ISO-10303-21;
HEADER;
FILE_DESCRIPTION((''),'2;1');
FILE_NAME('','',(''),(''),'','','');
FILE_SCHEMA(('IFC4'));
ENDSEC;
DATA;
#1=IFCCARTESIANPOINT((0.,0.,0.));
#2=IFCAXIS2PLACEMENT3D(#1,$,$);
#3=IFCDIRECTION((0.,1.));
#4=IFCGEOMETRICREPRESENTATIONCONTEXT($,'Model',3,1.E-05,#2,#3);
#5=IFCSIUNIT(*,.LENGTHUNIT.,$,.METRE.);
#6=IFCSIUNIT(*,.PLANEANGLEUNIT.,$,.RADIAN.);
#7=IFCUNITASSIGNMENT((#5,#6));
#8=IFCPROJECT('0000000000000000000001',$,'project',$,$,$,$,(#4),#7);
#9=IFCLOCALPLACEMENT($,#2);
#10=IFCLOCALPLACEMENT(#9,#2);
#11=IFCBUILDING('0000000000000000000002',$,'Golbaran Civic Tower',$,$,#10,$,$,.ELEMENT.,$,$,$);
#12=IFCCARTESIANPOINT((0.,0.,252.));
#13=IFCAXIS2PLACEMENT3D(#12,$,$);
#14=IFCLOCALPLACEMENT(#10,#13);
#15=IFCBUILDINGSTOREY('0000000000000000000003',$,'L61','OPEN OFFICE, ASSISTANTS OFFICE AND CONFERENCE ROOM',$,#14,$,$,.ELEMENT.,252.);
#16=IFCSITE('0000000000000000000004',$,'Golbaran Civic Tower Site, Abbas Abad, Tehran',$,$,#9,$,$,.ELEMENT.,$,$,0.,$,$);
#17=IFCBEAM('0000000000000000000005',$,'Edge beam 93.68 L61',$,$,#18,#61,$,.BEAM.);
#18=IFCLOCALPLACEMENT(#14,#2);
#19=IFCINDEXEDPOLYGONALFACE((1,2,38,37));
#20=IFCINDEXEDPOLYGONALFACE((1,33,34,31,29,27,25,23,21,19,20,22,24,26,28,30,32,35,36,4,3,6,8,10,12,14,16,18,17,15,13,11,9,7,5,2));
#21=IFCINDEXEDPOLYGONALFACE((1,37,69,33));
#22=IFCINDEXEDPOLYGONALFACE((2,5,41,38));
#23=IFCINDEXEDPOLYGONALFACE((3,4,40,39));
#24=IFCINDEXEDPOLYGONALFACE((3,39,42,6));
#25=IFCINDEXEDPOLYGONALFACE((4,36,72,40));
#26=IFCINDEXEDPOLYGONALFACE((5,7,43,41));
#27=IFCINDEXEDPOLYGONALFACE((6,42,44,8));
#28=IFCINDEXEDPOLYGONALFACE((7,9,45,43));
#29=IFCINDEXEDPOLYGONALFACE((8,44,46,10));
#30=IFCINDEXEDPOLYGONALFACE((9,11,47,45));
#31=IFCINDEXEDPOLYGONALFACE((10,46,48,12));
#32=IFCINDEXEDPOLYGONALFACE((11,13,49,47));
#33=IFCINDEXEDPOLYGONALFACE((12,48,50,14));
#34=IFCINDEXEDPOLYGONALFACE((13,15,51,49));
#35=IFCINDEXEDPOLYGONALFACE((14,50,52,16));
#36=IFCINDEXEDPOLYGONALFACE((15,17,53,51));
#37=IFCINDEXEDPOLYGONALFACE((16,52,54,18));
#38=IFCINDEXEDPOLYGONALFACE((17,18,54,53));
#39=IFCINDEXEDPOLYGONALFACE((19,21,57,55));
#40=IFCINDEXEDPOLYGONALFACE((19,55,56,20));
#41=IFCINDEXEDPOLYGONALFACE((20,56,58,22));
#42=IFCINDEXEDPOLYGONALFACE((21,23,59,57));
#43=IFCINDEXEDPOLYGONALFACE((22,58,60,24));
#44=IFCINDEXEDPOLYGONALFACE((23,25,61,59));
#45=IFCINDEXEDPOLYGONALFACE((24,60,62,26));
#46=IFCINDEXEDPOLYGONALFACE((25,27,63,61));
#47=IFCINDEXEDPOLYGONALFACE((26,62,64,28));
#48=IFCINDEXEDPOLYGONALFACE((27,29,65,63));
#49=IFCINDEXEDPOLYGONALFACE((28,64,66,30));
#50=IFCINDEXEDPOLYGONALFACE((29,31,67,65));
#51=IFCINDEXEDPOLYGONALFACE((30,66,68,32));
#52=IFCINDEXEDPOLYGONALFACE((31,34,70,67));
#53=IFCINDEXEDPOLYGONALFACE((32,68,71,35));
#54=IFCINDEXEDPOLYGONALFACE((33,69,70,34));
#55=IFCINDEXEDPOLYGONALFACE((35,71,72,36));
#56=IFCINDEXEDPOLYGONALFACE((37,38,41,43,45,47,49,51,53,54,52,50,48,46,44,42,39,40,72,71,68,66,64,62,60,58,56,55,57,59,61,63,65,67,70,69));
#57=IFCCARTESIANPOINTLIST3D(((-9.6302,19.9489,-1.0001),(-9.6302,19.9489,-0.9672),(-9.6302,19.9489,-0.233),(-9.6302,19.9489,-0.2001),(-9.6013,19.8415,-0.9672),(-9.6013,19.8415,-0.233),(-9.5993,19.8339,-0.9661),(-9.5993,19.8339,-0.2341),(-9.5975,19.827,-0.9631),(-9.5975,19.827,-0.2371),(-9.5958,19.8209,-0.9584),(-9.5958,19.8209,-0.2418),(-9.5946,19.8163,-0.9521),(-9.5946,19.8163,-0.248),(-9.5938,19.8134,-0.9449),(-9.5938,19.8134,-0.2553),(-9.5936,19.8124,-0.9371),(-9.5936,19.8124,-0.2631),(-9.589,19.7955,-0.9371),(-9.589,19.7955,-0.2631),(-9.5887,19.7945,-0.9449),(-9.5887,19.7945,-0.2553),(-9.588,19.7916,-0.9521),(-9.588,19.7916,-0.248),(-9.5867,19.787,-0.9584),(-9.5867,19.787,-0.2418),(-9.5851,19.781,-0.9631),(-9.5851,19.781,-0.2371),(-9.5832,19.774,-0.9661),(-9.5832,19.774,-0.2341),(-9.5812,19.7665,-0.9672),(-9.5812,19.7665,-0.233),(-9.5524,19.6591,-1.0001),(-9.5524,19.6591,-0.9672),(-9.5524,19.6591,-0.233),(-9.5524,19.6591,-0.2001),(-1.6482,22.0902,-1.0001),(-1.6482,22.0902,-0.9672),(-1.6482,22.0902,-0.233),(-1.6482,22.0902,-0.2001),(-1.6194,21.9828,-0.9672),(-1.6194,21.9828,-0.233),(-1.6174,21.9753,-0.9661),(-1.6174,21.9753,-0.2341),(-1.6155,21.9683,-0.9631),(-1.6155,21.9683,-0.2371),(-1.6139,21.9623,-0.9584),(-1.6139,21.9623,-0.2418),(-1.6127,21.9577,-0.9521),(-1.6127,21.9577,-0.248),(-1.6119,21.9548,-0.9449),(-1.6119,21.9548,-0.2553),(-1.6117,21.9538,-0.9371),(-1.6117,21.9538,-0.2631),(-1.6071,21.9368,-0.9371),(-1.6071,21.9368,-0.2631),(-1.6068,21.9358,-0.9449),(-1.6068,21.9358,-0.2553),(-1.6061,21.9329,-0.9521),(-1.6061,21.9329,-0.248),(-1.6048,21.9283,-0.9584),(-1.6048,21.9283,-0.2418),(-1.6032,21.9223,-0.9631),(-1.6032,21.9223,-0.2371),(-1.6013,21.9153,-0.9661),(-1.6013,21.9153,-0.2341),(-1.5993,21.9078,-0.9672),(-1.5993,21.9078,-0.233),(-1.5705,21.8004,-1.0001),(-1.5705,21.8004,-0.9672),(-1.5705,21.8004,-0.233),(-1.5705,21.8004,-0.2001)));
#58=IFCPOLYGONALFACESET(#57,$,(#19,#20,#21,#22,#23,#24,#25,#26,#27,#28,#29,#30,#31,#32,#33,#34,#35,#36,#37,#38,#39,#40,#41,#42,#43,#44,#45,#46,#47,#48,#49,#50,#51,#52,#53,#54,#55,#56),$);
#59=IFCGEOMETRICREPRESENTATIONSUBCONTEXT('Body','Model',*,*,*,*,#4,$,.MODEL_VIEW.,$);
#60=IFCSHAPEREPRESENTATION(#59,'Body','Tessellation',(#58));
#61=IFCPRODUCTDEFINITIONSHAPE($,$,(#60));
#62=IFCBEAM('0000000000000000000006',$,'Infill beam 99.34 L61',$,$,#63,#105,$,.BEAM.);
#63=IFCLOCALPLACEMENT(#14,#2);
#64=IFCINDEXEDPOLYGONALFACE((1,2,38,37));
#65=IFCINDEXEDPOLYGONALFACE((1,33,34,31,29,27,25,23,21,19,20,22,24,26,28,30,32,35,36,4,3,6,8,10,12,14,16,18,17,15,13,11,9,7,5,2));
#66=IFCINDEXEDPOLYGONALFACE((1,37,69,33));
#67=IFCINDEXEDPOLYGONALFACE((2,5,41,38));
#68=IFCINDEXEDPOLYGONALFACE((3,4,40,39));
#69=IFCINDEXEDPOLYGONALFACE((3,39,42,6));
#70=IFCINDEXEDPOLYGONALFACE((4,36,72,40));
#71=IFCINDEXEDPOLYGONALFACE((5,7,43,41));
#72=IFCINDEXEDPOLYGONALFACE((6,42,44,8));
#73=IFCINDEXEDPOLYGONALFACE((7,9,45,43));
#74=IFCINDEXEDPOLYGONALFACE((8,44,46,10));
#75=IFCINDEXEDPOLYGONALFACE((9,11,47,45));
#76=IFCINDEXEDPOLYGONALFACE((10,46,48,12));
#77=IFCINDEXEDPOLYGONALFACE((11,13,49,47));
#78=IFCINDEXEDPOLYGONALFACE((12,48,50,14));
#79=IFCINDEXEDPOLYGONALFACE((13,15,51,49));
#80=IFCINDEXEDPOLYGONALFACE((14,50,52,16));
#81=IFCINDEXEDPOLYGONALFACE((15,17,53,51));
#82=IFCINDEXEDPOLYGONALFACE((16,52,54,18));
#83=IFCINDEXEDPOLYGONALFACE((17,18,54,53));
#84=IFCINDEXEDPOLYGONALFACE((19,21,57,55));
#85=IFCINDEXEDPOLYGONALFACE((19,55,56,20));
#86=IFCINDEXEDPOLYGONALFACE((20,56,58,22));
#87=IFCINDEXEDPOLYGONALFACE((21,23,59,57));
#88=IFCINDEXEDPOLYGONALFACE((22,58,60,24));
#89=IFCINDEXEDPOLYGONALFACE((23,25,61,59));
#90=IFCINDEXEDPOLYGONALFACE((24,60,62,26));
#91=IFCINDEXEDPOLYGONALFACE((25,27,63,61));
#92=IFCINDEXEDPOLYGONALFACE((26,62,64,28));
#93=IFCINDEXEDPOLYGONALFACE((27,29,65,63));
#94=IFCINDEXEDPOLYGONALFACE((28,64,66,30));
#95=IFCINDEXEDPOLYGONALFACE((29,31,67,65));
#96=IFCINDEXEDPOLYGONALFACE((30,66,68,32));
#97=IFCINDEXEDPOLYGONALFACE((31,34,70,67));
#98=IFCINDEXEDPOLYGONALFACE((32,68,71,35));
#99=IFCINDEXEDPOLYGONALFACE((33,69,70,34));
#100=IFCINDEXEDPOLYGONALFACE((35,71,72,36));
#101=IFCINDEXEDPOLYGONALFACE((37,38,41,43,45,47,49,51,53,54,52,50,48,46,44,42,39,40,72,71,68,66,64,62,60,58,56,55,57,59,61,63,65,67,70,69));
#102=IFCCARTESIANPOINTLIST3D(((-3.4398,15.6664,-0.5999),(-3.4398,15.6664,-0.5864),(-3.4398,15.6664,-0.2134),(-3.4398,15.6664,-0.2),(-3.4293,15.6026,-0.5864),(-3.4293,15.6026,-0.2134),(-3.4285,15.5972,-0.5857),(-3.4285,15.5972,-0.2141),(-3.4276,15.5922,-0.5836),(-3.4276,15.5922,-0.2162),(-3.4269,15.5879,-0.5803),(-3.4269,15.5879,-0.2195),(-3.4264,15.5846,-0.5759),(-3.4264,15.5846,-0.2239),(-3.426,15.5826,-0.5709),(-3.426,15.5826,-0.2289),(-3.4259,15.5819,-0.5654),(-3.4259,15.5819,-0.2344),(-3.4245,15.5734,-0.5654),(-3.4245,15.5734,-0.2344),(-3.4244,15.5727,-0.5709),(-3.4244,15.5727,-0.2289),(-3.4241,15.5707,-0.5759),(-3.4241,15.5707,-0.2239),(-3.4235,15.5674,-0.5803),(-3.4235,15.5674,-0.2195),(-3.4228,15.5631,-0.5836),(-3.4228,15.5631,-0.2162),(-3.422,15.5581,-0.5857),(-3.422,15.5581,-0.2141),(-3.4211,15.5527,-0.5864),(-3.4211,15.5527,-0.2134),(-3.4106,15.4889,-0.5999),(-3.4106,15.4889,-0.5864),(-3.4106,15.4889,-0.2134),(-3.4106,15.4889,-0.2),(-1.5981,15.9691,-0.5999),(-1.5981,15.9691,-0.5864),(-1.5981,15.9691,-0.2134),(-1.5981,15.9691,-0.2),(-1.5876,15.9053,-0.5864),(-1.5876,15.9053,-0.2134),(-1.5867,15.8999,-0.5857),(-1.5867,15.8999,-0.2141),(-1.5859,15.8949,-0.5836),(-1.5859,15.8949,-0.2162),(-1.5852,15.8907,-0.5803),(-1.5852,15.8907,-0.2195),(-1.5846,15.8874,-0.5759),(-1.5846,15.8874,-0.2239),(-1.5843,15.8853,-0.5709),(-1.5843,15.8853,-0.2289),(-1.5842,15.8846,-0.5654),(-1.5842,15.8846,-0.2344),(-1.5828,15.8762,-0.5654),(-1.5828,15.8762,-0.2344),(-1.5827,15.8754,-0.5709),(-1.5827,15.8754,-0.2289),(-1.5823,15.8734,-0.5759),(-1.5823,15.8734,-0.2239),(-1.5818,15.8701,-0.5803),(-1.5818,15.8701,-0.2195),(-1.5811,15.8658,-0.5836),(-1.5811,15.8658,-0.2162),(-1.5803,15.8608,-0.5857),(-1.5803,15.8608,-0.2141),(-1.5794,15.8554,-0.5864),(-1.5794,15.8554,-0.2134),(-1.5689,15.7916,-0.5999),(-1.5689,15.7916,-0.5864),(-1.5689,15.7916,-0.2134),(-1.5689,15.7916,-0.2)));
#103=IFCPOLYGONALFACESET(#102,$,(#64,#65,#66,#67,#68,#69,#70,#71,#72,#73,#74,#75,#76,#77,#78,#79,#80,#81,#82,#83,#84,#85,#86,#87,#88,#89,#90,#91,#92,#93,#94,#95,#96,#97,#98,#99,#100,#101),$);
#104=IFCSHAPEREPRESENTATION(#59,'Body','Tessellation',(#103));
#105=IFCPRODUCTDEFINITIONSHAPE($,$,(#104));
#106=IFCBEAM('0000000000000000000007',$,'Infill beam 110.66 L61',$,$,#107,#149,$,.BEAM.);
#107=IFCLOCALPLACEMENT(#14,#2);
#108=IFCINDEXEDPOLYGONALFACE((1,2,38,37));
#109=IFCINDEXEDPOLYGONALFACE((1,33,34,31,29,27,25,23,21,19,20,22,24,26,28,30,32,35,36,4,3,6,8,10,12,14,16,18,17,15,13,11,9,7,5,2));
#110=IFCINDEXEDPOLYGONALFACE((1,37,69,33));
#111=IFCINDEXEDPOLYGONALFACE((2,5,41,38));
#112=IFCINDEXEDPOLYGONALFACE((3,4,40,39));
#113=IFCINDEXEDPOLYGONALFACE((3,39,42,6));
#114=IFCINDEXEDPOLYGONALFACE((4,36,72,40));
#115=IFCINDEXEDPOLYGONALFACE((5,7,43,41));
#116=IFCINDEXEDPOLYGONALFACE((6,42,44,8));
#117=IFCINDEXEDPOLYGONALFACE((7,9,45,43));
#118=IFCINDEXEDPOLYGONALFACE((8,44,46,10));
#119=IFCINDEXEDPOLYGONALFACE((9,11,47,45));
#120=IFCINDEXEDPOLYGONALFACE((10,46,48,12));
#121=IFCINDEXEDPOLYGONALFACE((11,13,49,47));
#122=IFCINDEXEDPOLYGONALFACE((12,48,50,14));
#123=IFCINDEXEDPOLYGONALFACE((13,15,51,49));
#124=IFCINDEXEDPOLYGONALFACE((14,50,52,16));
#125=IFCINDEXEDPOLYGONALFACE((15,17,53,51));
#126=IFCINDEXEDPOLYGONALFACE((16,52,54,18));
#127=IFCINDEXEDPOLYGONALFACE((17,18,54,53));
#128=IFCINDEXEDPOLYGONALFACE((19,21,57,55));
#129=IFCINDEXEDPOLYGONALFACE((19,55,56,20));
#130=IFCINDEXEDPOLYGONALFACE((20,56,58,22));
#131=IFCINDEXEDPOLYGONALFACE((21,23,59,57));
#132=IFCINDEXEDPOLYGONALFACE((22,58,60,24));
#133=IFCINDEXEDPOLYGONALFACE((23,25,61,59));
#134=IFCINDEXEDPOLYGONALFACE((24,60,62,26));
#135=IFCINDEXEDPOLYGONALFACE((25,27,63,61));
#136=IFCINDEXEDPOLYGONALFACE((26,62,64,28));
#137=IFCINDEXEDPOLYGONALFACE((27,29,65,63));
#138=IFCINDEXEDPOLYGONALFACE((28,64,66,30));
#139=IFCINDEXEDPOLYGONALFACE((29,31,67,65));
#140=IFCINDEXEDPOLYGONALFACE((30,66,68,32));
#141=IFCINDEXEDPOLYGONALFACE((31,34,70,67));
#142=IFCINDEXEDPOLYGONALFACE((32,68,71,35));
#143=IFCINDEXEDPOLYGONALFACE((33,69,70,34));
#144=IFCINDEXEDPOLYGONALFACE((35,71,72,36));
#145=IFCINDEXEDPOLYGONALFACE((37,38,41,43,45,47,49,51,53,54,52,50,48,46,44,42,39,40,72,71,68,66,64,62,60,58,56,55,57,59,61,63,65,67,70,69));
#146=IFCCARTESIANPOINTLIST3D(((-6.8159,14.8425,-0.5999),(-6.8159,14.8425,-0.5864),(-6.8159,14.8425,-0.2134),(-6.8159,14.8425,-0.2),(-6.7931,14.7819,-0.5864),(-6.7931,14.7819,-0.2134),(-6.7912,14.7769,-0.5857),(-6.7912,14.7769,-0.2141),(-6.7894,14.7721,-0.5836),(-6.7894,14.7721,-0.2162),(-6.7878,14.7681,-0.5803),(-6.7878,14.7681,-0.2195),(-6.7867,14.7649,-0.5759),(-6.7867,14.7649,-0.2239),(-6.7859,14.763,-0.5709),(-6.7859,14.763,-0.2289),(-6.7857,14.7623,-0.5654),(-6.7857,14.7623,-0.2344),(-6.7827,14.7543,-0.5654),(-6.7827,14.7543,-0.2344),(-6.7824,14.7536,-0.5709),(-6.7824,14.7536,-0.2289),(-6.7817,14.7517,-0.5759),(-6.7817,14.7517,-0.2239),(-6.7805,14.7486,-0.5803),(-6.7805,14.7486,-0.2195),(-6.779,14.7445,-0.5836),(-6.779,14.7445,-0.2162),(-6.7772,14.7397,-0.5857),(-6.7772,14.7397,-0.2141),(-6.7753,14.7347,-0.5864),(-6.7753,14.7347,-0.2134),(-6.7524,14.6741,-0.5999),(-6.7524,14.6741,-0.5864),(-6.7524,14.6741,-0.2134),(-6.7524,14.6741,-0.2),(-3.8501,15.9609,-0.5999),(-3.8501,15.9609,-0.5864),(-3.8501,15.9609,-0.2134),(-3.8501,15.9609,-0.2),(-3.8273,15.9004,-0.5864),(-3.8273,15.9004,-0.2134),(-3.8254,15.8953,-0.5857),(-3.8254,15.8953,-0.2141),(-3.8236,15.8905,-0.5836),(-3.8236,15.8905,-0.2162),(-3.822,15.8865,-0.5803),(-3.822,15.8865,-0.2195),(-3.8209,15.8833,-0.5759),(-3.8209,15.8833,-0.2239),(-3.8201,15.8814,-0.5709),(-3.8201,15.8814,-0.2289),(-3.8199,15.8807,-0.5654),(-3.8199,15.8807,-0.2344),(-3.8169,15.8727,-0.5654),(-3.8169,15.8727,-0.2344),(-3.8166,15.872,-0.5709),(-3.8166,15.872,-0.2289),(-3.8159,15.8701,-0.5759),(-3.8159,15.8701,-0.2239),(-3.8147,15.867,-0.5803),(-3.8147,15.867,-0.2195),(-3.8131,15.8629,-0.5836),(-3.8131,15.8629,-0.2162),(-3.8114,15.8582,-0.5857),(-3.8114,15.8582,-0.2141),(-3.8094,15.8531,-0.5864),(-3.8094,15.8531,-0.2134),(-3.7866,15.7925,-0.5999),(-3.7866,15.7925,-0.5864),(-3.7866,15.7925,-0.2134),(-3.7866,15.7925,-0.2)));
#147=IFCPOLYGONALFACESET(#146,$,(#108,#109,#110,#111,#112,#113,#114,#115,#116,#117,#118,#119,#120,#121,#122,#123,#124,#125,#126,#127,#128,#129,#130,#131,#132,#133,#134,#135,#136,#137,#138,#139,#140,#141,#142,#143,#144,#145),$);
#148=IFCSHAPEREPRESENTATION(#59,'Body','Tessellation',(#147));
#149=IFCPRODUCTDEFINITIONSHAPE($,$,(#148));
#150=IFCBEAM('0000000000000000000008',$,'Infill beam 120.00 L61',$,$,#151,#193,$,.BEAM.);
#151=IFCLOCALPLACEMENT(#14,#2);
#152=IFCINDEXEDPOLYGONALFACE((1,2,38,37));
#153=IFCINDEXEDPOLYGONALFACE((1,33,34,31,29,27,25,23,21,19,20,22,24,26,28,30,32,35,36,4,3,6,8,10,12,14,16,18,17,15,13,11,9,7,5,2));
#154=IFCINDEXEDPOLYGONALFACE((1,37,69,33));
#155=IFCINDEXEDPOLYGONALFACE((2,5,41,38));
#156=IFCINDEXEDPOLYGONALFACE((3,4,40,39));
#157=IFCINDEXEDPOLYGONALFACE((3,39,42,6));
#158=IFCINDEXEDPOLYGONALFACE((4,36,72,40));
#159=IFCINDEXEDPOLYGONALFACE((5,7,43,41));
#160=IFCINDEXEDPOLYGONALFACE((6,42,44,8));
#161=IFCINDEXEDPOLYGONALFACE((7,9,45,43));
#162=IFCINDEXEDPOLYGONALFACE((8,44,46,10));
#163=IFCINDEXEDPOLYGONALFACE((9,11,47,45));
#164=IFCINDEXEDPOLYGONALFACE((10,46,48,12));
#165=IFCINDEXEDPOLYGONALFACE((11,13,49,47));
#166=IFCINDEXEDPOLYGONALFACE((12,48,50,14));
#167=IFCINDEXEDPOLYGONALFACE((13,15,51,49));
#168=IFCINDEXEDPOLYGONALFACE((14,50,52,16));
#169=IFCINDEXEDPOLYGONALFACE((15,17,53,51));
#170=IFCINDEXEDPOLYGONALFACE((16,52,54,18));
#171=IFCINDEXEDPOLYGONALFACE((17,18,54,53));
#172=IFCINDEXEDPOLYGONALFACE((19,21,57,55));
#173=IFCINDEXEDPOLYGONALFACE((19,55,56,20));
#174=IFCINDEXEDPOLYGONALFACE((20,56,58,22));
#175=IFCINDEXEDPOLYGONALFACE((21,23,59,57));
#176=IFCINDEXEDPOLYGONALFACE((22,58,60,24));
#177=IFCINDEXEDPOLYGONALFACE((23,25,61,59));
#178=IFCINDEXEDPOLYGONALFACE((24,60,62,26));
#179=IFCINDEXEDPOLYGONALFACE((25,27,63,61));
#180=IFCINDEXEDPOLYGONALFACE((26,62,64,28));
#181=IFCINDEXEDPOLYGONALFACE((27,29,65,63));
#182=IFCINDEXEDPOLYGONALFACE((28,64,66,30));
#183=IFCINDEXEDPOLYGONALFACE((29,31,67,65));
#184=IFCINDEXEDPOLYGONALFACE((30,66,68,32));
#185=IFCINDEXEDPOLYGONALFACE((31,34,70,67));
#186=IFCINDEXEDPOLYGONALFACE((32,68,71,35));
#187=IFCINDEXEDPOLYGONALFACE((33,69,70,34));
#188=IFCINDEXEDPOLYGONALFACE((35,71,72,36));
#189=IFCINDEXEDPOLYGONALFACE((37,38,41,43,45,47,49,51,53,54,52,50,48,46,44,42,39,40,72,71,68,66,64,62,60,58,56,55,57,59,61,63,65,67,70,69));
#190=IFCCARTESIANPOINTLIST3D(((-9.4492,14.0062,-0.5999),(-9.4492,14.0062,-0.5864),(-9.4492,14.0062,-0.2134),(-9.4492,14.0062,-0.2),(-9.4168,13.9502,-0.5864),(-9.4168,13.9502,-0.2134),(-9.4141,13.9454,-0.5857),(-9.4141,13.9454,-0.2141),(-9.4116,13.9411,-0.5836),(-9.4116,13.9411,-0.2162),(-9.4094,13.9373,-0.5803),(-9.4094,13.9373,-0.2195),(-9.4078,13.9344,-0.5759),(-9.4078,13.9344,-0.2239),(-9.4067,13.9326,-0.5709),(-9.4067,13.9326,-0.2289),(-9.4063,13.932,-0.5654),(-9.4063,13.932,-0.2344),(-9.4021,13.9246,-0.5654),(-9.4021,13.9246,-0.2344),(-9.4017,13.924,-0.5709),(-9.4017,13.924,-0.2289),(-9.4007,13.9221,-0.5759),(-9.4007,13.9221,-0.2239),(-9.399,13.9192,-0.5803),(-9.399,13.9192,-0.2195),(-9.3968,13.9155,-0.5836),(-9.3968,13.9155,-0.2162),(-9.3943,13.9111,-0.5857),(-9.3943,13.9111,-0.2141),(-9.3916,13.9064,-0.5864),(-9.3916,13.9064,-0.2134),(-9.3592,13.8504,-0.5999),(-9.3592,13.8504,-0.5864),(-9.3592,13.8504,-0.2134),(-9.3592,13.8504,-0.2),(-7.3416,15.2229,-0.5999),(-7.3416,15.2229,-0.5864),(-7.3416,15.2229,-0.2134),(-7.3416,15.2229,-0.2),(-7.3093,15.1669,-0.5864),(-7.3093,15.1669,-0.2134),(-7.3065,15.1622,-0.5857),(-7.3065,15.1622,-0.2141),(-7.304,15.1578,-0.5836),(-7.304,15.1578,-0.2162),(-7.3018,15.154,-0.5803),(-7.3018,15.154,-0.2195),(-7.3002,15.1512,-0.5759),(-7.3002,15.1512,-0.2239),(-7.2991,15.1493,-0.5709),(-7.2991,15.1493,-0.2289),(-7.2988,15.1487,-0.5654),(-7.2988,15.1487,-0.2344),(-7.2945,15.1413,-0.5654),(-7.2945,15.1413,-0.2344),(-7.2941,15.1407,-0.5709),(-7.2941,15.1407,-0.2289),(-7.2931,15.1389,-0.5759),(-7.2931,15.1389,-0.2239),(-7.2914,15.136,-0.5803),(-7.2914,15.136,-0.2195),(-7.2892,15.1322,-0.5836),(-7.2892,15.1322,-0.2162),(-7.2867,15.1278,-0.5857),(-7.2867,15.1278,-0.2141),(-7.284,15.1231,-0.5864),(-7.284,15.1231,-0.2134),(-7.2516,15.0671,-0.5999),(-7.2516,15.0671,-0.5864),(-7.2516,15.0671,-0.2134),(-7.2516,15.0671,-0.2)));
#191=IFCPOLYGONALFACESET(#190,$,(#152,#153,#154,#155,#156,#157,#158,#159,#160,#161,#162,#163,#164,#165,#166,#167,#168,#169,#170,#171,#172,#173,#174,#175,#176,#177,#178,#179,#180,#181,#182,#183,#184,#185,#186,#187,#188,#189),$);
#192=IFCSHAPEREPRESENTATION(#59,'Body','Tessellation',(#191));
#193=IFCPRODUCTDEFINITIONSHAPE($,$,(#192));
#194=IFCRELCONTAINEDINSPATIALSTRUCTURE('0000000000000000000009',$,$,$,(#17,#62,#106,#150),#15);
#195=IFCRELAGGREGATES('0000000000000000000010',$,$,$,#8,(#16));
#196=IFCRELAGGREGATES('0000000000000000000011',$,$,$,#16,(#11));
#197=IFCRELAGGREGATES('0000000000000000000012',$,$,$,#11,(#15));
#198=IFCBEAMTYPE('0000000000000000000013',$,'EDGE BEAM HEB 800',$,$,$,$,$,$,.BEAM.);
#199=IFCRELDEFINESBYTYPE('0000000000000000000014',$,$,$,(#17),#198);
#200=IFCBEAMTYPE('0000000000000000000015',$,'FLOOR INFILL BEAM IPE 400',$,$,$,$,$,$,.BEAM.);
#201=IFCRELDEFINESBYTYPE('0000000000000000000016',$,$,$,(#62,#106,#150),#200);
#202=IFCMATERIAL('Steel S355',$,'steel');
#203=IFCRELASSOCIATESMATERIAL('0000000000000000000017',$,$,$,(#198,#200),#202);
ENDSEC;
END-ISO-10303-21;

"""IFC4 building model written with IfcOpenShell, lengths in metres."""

from ifc_helpers import new_model, si_unit, direction, frame, origin, origin_2d, place, context, subcontext, project, spatial, i_section, extrude, material, material_profile, profile_set, type_object, element, save


model = new_model("IFC4")

# Units and contexts
model_context = context("Model", 3, precision=1e-05, world=origin(), true_north=direction((0.0, 1.0)))
body_context = subcontext(model_context, "Body", "Model", "MODEL_VIEW")
ifc_project = project(units=[si_unit("LENGTHUNIT", "METRE"), si_unit("PLANEANGLEUNIT", "RADIAN")], contexts=[model_context])

# Site, building, storey
site_placement = place(None, origin())
site = spatial("IfcSite", under=ifc_project, at=site_placement, Name="Golbaran Civic Tower Site, Abbas Abad, Tehran", CompositionType="ELEMENT", RefElevation=0.0)
building_placement = place(site_placement, origin())
building = spatial("IfcBuilding", under=site, at=building_placement, Name="Golbaran Civic Tower", CompositionType="ELEMENT")
storey_placement = place(building_placement, frame((0.0, 0.0, 252.0)))
storey = spatial("IfcBuildingStorey", under=building, at=storey_placement, Name="L61", Description="OPEN OFFICE, ASSISTANTS OFFICE AND CONFERENCE ROOM", CompositionType="ELEMENT", Elevation=252.0)

# Beams
ifc_material_1 = material(Name="Steel S355", Category="steel")
ifc_material_profile_1 = material_profile(ifc_material_1, i_section(OverallWidth=0.3, OverallDepth=0.8, WebThickness=0.0176, FlangeThickness=0.033, FilletRadius=0.03, at=origin_2d()), Name="HEB 800")
ifc_profile_set_1 = profile_set([ifc_material_profile_1], Name="Steel S355")
beam_type_1 = type_object("IfcBeamType", Name="EDGE BEAM HEB 800", PredefinedType="BEAM", material=ifc_profile_set_1)
beam_1_placement = place(storey_placement, frame((-1.6094, 21.9453, -0.6001), z_axis=(-0.965847, -0.259113, 0.0), x_axis=(0.259113, -0.965847, 0.0)))
element("IfcBeam", 1, at=beam_1_placement, inside=storey, type_object=beam_type_1, Name="Edge beam 93.68 L61", PredefinedType="BEAM", context=body_context, shape_type="SweptSolid", body=[
    extrude(i_section(OverallWidth=0.3, OverallDepth=0.8, WebThickness=0.0176, FlangeThickness=0.033, FilletRadius=0.03, at=origin_2d()), origin(), (0.0, 0.0, 1.0), 8.2642),
])
ifc_material_profile_2 = material_profile(ifc_material_1, i_section(OverallWidth=0.1799, OverallDepth=0.3999, WebThickness=0.0085, FlangeThickness=0.0134, FilletRadius=0.021, at=origin_2d()), Name="IPE 400")
ifc_profile_set_2 = profile_set([ifc_material_profile_2], Name="Steel S355")
beam_type_2 = type_object("IfcBeamType", Name="FLOOR INFILL BEAM IPE 400", PredefinedType="BEAM", material=ifc_profile_set_2)
beam_2_placement = place(storey_placement, frame((-1.5835, 15.8804, -0.3999), z_axis=(-0.986759, -0.162193, 0.0), x_axis=(0.162193, -0.986759, 0.0)))
element("IfcBeam", 2, at=beam_2_placement, inside=storey, type_object=beam_type_2, Name="Infill beam 99.34 L61", PredefinedType="BEAM", context=body_context, shape_type="SweptSolid", body=[
    extrude(i_section(OverallWidth=0.1799, OverallDepth=0.3999, WebThickness=0.0085, FlangeThickness=0.0134, FilletRadius=0.021, at=origin_2d()), origin(), (0.0, 0.0, 1.0), 1.8665),
])
beam_3_placement = place(storey_placement, frame((-3.8184, 15.8767, -0.3999), z_axis=(-0.935682, -0.352845, 0.0), x_axis=(0.352845, -0.935682, 0.0)))
element("IfcBeam", 3, at=beam_3_placement, inside=storey, type_object=beam_type_2, Name="Infill beam 110.66 L61", PredefinedType="BEAM", context=body_context, shape_type="SweptSolid", body=[
    extrude(i_section(OverallWidth=0.1799, OverallDepth=0.3999, WebThickness=0.0085, FlangeThickness=0.0134, FilletRadius=0.021, at=origin_2d()), origin(), (0.0, 0.0, 1.0), 3.1697),
])
beam_4_placement = place(storey_placement, frame((-7.2966, 15.145, -0.3999), z_axis=(-0.866037, -0.49998, 0.0), x_axis=(0.49998, -0.866037, 0.0)))
element("IfcBeam", 4, at=beam_4_placement, inside=storey, type_object=beam_type_2, Name="Infill beam 120.00 L61", PredefinedType="BEAM", context=body_context, shape_type="SweptSolid", body=[
    extrude(i_section(OverallWidth=0.1799, OverallDepth=0.3999, WebThickness=0.0085, FlangeThickness=0.0134, FilletRadius=0.021, at=origin_2d()), origin(), (0.0, 0.0, 1.0), 2.4336),
])

save(model, "model.ifc")
